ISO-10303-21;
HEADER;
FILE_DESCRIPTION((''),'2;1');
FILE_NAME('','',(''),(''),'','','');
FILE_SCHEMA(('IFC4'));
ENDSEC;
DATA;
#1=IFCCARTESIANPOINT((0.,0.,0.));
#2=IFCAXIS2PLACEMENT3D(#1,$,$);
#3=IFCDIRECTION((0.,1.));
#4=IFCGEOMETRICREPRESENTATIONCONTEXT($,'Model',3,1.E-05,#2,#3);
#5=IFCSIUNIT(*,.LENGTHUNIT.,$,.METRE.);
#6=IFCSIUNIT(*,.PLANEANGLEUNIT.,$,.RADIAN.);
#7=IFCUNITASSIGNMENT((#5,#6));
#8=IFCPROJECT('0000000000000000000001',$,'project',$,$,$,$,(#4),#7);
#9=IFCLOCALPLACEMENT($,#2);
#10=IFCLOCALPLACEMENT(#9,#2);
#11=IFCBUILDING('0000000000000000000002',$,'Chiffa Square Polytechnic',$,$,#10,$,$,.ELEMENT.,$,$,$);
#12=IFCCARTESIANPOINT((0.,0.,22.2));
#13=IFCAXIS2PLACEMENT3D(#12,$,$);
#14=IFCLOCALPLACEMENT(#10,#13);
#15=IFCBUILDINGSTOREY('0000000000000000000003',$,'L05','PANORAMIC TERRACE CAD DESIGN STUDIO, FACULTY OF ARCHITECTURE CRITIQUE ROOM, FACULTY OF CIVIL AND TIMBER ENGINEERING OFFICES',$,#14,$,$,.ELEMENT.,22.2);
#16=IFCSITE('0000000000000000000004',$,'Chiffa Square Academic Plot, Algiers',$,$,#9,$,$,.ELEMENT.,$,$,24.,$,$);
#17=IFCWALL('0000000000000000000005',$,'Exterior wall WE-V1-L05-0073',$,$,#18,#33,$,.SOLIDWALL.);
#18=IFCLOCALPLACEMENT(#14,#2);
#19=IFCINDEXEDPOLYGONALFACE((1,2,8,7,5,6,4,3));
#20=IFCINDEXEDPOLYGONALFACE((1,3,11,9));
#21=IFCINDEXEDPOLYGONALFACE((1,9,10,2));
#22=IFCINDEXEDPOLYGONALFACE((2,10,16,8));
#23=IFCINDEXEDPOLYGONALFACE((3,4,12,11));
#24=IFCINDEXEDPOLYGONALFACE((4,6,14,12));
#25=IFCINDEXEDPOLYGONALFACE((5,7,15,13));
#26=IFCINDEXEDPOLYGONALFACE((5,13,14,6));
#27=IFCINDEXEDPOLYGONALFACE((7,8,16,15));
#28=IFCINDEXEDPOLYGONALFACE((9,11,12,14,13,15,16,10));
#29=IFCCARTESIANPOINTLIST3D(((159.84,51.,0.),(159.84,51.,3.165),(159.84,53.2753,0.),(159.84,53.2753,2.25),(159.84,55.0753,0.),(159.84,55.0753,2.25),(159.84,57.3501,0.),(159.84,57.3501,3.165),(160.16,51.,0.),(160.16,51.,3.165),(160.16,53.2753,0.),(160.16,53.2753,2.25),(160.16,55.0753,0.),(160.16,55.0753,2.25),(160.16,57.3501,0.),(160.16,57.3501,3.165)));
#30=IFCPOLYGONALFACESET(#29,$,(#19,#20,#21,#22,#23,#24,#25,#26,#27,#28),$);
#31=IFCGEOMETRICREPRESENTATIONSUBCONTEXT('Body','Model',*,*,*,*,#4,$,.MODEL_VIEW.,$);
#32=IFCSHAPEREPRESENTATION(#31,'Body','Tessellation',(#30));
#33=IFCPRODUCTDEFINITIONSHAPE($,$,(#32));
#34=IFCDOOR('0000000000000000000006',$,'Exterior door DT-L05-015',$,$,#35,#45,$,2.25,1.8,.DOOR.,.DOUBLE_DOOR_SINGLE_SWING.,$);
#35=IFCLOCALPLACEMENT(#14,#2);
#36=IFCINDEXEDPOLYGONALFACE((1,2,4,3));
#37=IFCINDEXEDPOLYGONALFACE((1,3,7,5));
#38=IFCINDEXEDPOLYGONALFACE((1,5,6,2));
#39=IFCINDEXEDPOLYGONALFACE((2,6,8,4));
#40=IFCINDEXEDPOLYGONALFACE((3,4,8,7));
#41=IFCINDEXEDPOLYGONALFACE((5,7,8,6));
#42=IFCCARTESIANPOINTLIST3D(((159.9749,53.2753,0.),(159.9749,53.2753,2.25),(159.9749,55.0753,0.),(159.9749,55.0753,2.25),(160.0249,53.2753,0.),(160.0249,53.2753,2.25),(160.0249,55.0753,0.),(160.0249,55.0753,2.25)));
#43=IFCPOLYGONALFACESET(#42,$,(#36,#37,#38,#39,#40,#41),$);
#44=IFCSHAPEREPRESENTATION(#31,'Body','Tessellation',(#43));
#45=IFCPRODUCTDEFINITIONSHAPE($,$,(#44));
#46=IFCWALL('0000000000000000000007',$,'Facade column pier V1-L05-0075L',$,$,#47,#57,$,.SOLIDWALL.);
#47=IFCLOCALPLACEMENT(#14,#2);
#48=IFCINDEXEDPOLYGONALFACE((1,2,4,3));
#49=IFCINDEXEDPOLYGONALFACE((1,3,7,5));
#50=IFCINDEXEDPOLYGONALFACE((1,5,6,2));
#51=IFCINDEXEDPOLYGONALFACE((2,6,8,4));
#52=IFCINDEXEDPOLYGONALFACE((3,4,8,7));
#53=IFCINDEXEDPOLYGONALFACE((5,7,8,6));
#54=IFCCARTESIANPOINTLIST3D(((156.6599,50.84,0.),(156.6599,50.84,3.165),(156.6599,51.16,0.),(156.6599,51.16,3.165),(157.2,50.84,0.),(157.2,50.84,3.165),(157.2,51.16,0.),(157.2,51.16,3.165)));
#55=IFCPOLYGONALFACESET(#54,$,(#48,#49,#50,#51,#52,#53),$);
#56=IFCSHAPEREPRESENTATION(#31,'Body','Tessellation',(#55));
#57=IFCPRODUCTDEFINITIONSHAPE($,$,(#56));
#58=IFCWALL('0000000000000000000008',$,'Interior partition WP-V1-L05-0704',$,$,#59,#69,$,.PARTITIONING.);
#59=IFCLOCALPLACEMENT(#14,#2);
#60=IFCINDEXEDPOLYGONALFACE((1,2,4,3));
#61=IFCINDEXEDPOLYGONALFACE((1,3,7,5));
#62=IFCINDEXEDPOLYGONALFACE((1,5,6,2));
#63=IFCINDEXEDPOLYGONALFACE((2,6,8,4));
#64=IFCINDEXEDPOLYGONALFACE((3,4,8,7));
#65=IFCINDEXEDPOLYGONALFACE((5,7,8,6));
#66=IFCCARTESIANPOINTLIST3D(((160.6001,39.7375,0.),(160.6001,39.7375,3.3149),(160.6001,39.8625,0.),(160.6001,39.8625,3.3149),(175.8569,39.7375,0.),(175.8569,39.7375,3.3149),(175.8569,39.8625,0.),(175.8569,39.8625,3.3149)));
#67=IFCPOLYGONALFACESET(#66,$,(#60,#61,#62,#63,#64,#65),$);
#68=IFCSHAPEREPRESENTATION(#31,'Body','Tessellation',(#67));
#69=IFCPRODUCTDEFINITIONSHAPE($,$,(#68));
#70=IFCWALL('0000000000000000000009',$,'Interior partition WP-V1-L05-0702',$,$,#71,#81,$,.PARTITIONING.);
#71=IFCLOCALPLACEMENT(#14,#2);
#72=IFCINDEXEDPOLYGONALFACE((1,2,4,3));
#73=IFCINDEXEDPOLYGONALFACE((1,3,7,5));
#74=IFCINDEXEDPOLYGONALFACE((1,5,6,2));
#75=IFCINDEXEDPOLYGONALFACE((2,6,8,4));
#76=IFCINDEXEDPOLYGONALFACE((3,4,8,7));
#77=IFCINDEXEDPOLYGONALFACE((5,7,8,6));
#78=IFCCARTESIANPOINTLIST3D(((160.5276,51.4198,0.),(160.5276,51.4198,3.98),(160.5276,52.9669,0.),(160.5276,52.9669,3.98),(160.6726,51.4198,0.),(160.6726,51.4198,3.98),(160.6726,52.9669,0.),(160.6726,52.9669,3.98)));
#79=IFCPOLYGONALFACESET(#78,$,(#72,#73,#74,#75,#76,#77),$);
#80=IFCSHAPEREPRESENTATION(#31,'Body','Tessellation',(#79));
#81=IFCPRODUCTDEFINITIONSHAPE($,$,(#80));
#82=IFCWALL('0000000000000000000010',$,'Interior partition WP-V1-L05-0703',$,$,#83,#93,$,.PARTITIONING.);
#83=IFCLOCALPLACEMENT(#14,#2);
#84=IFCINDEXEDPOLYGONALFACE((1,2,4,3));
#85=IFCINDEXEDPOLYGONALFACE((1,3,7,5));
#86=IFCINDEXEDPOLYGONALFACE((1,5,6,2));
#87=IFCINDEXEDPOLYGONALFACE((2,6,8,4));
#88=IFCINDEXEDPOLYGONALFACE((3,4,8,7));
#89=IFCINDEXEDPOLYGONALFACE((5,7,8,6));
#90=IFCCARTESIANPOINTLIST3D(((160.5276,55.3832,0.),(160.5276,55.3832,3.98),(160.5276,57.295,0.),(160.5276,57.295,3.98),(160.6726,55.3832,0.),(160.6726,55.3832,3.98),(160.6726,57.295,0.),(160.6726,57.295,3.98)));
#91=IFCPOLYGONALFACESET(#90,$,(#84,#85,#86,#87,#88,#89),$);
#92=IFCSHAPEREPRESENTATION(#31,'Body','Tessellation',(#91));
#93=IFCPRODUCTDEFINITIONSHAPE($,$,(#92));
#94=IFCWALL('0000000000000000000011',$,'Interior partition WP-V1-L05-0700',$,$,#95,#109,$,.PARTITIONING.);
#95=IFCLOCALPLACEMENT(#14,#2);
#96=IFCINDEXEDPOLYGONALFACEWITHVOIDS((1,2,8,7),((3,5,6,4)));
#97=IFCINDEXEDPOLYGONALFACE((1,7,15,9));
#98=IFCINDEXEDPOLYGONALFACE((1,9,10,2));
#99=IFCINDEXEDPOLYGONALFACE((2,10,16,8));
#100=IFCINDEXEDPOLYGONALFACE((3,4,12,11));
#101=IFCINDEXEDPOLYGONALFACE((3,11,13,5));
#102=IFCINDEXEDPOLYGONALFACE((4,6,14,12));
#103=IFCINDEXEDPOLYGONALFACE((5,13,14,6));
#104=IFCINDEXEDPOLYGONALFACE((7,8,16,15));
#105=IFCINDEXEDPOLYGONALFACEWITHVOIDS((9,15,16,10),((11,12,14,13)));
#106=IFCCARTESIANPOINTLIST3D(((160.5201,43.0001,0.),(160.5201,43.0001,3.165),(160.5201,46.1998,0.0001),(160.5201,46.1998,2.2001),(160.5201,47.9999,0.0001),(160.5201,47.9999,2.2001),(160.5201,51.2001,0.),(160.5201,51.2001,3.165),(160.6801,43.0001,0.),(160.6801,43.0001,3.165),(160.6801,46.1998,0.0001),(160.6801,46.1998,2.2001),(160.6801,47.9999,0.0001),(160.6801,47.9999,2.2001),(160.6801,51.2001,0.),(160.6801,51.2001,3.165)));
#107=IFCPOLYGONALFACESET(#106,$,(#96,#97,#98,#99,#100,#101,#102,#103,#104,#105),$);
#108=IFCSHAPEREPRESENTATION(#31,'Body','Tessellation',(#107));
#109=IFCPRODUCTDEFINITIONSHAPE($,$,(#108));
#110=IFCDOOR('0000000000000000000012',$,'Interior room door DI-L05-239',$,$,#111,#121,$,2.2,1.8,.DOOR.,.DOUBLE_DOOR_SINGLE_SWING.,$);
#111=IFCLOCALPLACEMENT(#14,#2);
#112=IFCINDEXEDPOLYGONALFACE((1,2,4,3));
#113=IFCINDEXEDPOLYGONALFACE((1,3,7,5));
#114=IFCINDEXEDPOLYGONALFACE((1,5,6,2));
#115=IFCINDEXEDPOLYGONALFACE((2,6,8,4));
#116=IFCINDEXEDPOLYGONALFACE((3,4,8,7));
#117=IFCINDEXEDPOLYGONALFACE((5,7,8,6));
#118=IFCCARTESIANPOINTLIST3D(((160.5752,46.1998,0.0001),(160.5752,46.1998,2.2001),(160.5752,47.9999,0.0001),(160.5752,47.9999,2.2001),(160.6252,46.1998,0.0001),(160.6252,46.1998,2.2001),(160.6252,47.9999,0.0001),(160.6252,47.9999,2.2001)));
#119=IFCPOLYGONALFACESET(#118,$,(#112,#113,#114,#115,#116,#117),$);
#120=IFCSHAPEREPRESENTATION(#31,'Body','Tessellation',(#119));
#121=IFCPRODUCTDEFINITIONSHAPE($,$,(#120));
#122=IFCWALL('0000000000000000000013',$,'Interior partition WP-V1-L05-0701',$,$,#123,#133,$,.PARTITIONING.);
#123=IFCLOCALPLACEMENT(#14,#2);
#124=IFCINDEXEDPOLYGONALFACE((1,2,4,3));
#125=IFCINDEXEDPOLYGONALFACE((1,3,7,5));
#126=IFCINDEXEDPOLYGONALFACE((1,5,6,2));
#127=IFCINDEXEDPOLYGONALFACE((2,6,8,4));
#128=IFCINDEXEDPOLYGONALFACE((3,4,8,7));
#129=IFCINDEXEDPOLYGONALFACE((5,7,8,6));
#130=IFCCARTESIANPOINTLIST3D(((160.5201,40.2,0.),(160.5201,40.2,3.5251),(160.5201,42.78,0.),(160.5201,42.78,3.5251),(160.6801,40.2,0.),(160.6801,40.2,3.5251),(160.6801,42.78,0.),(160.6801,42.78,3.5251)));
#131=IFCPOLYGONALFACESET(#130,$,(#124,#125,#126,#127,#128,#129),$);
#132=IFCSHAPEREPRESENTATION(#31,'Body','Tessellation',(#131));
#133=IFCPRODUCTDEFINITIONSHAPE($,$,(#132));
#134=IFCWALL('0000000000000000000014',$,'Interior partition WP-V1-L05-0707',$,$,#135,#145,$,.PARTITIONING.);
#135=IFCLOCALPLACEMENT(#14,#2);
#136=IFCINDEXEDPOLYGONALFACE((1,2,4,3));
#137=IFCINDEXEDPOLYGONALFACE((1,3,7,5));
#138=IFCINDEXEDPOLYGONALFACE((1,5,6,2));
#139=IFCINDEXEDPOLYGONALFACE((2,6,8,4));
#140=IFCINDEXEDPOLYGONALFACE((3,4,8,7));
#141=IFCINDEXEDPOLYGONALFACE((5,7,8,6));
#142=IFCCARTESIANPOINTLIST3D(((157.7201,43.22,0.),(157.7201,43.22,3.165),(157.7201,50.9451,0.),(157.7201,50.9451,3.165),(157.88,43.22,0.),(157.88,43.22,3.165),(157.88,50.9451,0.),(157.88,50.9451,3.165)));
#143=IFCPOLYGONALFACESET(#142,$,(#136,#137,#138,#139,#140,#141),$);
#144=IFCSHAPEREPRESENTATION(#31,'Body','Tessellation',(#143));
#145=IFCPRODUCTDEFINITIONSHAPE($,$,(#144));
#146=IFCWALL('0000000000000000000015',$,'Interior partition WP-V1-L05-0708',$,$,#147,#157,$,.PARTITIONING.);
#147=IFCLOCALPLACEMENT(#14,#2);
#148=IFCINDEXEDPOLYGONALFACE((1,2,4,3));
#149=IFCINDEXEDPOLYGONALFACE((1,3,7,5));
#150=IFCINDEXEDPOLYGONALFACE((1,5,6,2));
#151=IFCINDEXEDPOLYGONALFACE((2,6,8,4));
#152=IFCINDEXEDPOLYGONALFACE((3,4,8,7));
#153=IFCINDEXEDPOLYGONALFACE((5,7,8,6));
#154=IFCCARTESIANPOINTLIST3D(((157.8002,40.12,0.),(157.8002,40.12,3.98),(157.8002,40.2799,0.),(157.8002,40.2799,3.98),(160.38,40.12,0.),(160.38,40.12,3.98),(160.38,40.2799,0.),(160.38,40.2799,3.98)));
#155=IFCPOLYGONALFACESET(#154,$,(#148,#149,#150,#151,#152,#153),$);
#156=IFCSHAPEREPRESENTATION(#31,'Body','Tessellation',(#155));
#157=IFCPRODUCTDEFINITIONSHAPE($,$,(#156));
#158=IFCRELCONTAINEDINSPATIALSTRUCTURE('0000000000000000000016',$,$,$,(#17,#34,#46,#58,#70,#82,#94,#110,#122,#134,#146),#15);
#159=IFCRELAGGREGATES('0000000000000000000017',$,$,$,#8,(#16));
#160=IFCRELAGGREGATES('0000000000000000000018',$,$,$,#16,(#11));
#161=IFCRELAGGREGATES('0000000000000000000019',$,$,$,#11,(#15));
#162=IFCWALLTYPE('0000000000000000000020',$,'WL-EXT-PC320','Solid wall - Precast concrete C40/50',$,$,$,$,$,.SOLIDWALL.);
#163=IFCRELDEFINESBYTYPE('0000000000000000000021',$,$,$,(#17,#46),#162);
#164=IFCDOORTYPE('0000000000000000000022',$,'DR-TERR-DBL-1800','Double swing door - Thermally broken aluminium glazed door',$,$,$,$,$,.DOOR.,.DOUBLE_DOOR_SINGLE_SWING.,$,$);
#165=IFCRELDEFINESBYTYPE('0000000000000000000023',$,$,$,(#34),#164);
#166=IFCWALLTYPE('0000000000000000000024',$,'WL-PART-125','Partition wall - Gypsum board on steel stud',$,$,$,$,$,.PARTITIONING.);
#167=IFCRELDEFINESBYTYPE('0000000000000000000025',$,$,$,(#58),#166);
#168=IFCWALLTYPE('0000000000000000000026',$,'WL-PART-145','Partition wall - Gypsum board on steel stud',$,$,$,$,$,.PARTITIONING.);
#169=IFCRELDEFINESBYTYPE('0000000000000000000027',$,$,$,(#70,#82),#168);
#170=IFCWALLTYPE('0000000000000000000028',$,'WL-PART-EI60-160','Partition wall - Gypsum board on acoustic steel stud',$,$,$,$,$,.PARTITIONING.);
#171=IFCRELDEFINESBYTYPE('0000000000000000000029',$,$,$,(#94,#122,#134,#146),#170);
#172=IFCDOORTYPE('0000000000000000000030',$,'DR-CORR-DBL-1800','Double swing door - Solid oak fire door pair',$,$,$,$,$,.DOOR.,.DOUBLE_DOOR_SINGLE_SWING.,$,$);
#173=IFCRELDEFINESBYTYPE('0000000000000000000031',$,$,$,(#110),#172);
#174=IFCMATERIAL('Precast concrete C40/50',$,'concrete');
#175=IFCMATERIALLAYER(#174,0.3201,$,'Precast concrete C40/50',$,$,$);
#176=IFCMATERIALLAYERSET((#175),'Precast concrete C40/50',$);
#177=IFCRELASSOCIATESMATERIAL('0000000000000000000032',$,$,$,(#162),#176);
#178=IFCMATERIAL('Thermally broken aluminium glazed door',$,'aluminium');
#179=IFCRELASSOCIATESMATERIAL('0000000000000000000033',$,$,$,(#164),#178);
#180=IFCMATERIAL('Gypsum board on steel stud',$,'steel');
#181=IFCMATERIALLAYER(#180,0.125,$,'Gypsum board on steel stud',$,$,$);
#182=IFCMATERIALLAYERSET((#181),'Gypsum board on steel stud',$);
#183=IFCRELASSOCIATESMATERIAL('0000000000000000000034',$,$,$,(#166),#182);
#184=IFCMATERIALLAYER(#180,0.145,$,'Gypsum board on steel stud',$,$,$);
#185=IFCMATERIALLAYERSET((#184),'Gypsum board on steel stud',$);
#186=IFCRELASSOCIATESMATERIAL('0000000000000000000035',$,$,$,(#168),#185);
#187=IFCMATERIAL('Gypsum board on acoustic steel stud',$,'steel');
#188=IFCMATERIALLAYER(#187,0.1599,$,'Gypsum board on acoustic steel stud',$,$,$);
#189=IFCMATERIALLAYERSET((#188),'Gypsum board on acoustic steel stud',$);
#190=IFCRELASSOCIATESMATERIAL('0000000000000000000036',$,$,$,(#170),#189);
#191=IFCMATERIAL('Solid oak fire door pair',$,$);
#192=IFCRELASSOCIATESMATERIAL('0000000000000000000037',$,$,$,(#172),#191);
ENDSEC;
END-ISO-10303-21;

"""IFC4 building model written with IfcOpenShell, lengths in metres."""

from ifc_helpers import new_model, si_unit, direction, frame, frame_2d, origin, place, context, subcontext, project, spatial, rectangle, extrude, material, layer, layer_set, type_object, element, fill, save


model = new_model("IFC4")

# Units and contexts
model_context = context("Model", 3, precision=1e-05, world=origin(), true_north=direction((0.0, 1.0)))
body_context = subcontext(model_context, "Body", "Model", "MODEL_VIEW")
ifc_project = project(units=[si_unit("LENGTHUNIT", "METRE"), si_unit("PLANEANGLEUNIT", "RADIAN")], contexts=[model_context])

# Site, building, storey
site_placement = place(None, origin())
site = spatial("IfcSite", under=ifc_project, at=site_placement, Name="Chiffa Square Academic Plot, Algiers", CompositionType="ELEMENT", RefElevation=24.0)
building_placement = place(site_placement, origin())
building = spatial("IfcBuilding", under=site, at=building_placement, Name="Chiffa Square Polytechnic", CompositionType="ELEMENT")
storey_placement = place(building_placement, frame((0.0, 0.0, 22.2)))
storey = spatial("IfcBuildingStorey", under=building, at=storey_placement, Name="L05", Description="PANORAMIC TERRACE CAD DESIGN STUDIO, FACULTY OF ARCHITECTURE CRITIQUE ROOM, FACULTY OF CIVIL AND TIMBER ENGINEERING OFFICES", CompositionType="ELEMENT", Elevation=22.2)

# Shared definitions
ifc_material_1 = material(Name="Precast concrete C40/50", Category="concrete")

# Wall, opening, door
ifc_layer_1 = layer(ifc_material_1, 0.3201, Name="Precast concrete C40/50")
ifc_layer_set_1 = layer_set([ifc_layer_1], Name="Precast concrete C40/50")
wall_type_1 = type_object("IfcWallType", Name="WL-EXT-PC320", Description="Solid wall - Precast concrete C40/50", PredefinedType="SOLIDWALL", material=ifc_layer_set_1)
wall_1_placement = place(storey_placement, frame((160.0, 57.3501, 0.0), z_axis=(0.0, 0.0, 1.0), x_axis=(0.0, -1.0, 0.0)))
wall_1 = element("IfcWall", 1, at=wall_1_placement, inside=storey, type_object=wall_type_1, Name="Exterior wall WE-V1-L05-0073", PredefinedType="SOLIDWALL", context=body_context, shape_type="SweptSolid", body=[
    extrude(rectangle(XDim=6.3501, YDim=0.3201, at=frame_2d((3.175, 0.0))), origin(), (0.0, 0.0, 1.0), 3.165),
])
opening_1_placement = place(wall_1_placement, frame((2.2749, 0.0, 0.0)))
opening_1 = element("IfcOpeningElement", 2, at=opening_1_placement, cuts=wall_1, PredefinedType="OPENING", context=body_context, shape_type="SweptSolid", body=[
    extrude(rectangle(XDim=1.8, YDim=2.25, at=frame_2d((0.8999, 1.125))), frame((0.0, 0.1699, 0.0), z_axis=(0.0, -1.0, 0.0), x_axis=(1.0, 0.0, 0.0)), (0.0, 0.0, 1.0), 0.3401),
])
ifc_material_2 = material(Name="Thermally broken aluminium glazed door", Category="aluminium")
door_type_1 = type_object("IfcDoorType", Name="DR-TERR-DBL-1800", Description="Double swing door - Thermally broken aluminium glazed door", OperationType="DOUBLE_DOOR_SINGLE_SWING", PredefinedType="DOOR", material=ifc_material_2)
door_1_placement = place(opening_1_placement, origin())
door_1 = element("IfcDoor", 3, at=door_1_placement, inside=storey, type_object=door_type_1, Name="Exterior door DT-L05-015", OperationType="DOUBLE_DOOR_SINGLE_SWING", OverallHeight=2.25, OverallWidth=1.8, PredefinedType="DOOR", context=body_context, shape_type="SweptSolid", body=[
    extrude(rectangle(XDim=1.8, YDim=2.25, at=frame_2d((0.8999, 1.125))), frame((0.0, 0.0249, 0.0), z_axis=(0.0, -1.0, 0.0), x_axis=(1.0, 0.0, 0.0)), (0.0, 0.0, 1.0), 0.05),
])
fill(opening_1, door_1)

# Walls
wall_2_placement = place(storey_placement, frame((157.2, 51.0, 0.0), z_axis=(0.0, 0.0, 1.0), x_axis=(-1.0, 0.0, 0.0)))
element("IfcWall", 4, at=wall_2_placement, inside=storey, type_object=wall_type_1, Name="Facade column pier V1-L05-0075L", PredefinedType="SOLIDWALL", context=body_context, shape_type="SweptSolid", body=[
    extrude(rectangle(XDim=0.54, YDim=0.3201, at=frame_2d((0.27, 0.0))), origin(), (0.0, 0.0, 1.0), 3.165),
])
ifc_material_3 = material(Name="Gypsum board on steel stud", Category="steel")
ifc_layer_2 = layer(ifc_material_3, 0.125, Name="Gypsum board on steel stud")
ifc_layer_set_2 = layer_set([ifc_layer_2], Name="Gypsum board on steel stud")
wall_type_2 = type_object("IfcWallType", Name="WL-PART-125", Description="Partition wall - Gypsum board on steel stud", PredefinedType="PARTITIONING", material=ifc_layer_set_2)
wall_3_placement = place(storey_placement, frame((160.6001, 39.8, 0.0), z_axis=(0.0, 0.0, 1.0), x_axis=(1.0, 0.0, 0.0)))
element("IfcWall", 5, at=wall_3_placement, inside=storey, type_object=wall_type_2, Name="Interior partition WP-V1-L05-0704", PredefinedType="PARTITIONING", context=body_context, shape_type="SweptSolid", body=[
    extrude(rectangle(XDim=15.2568, YDim=0.125, at=frame_2d((7.6284, 0.0))), origin(), (0.0, 0.0, 1.0), 3.3149),
])
ifc_layer_3 = layer(ifc_material_3, 0.145, Name="Gypsum board on steel stud")
ifc_layer_set_3 = layer_set([ifc_layer_3], Name="Gypsum board on steel stud")
wall_type_3 = type_object("IfcWallType", Name="WL-PART-145", Description="Partition wall - Gypsum board on steel stud", PredefinedType="PARTITIONING", material=ifc_layer_set_3)
wall_4_placement = place(storey_placement, frame((160.6001, 51.4199, 0.0), z_axis=(0.0, 0.0, 1.0), x_axis=(0.0, 1.0, 0.0)))
element("IfcWall", 6, at=wall_4_placement, inside=storey, type_object=wall_type_3, Name="Interior partition WP-V1-L05-0702", PredefinedType="PARTITIONING", context=body_context, shape_type="SweptSolid", body=[
    extrude(rectangle(XDim=1.5471, YDim=0.145, at=frame_2d((0.7734, 0.0))), origin(), (0.0, 0.0, 1.0), 3.98),
])
wall_5_placement = place(storey_placement, frame((160.6001, 55.3831, 0.0), z_axis=(0.0, 0.0, 1.0), x_axis=(0.0, 1.0, 0.0)))
element("IfcWall", 7, at=wall_5_placement, inside=storey, type_object=wall_type_3, Name="Interior partition WP-V1-L05-0703", PredefinedType="PARTITIONING", context=body_context, shape_type="SweptSolid", body=[
    extrude(rectangle(XDim=1.9119, YDim=0.145, at=frame_2d((0.9561, 0.0))), origin(), (0.0, 0.0, 1.0), 3.98),
])

# Wall, opening, door
ifc_material_4 = material(Name="Gypsum board on acoustic steel stud", Category="steel")
ifc_layer_4 = layer(ifc_material_4, 0.1599, Name="Gypsum board on acoustic steel stud")
ifc_layer_set_4 = layer_set([ifc_layer_4], Name="Gypsum board on acoustic steel stud")
wall_type_4 = type_object("IfcWallType", Name="WL-PART-EI60-160", Description="Partition wall - Gypsum board on acoustic steel stud", PredefinedType="PARTITIONING", material=ifc_layer_set_4)
wall_6_placement = place(storey_placement, frame((160.6001, 43.0, 0.0), z_axis=(0.0, 0.0, 1.0), x_axis=(0.0, 1.0, 0.0)))
wall_6 = element("IfcWall", 8, at=wall_6_placement, inside=storey, type_object=wall_type_4, Name="Interior partition WP-V1-L05-0700", PredefinedType="PARTITIONING", context=body_context, shape_type="SweptSolid", body=[
    extrude(rectangle(XDim=8.2, YDim=0.1599, at=frame_2d((4.1001, 0.0))), origin(), (0.0, 0.0, 1.0), 3.165),
])
opening_2_placement = place(wall_6_placement, frame((3.2, 0.0, 0.0)))
opening_2 = element("IfcOpeningElement", 9, at=opening_2_placement, cuts=wall_6, PredefinedType="OPENING", context=body_context, shape_type="SweptSolid", body=[
    extrude(rectangle(XDim=1.8, YDim=2.2, at=frame_2d((0.8999, 1.1001))), frame((0.0, 0.0898, 0.0), z_axis=(0.0, -1.0, 0.0), x_axis=(1.0, 0.0, 0.0)), (0.0, 0.0, 1.0), 0.1799),
])
ifc_material_5 = material(Name="Solid oak fire door pair")
door_type_2 = type_object("IfcDoorType", Name="DR-CORR-DBL-1800", Description="Double swing door - Solid oak fire door pair", OperationType="DOUBLE_DOOR_SINGLE_SWING", PredefinedType="DOOR", material=ifc_material_5)
door_2_placement = place(opening_2_placement, origin())
door_2 = element("IfcDoor", 10, at=door_2_placement, inside=storey, type_object=door_type_2, Name="Interior room door DI-L05-239", OperationType="DOUBLE_DOOR_SINGLE_SWING", OverallHeight=2.2, OverallWidth=1.8, PredefinedType="DOOR", context=body_context, shape_type="SweptSolid", body=[
    extrude(rectangle(XDim=1.8, YDim=2.2, at=frame_2d((0.8999, 1.1001))), frame((0.0, 0.0249, 0.0), z_axis=(0.0, -1.0, 0.0), x_axis=(1.0, 0.0, 0.0)), (0.0, 0.0, 1.0), 0.05),
])
fill(opening_2, door_2)

# Walls
wall_7_placement = place(storey_placement, frame((160.6001, 40.2, 0.0), z_axis=(0.0, 0.0, 1.0), x_axis=(0.0, 1.0, 0.0)))
element("IfcWall", 11, at=wall_7_placement, inside=storey, type_object=wall_type_4, Name="Interior partition WP-V1-L05-0701", PredefinedType="PARTITIONING", context=body_context, shape_type="SweptSolid", body=[
    extrude(rectangle(XDim=2.5801, YDim=0.1599, at=frame_2d((1.29, 0.0))), origin(), (0.0, 0.0, 1.0), 3.5251),
])
wall_8_placement = place(storey_placement, frame((157.8, 43.22, 0.0), z_axis=(0.0, 0.0, 1.0), x_axis=(0.0, 1.0, 0.0)))
element("IfcWall", 12, at=wall_8_placement, inside=storey, type_object=wall_type_4, Name="Interior partition WP-V1-L05-0707", PredefinedType="PARTITIONING", context=body_context, shape_type="SweptSolid", body=[
    extrude(rectangle(XDim=7.7251, YDim=0.1599, at=frame_2d((3.8625, 0.0))), origin(), (0.0, 0.0, 1.0), 3.165),
])
wall_9_placement = place(storey_placement, frame((157.8, 40.2, 0.0), z_axis=(0.0, 0.0, 1.0), x_axis=(1.0, 0.0, 0.0)))
element("IfcWall", 13, at=wall_9_placement, inside=storey, type_object=wall_type_4, Name="Interior partition WP-V1-L05-0708", PredefinedType="PARTITIONING", context=body_context, shape_type="SweptSolid", body=[
    extrude(rectangle(XDim=2.5798, YDim=0.1599, at=frame_2d((1.29, 0.0))), origin(), (0.0, 0.0, 1.0), 3.98),
])

save(model, "model.ifc")
